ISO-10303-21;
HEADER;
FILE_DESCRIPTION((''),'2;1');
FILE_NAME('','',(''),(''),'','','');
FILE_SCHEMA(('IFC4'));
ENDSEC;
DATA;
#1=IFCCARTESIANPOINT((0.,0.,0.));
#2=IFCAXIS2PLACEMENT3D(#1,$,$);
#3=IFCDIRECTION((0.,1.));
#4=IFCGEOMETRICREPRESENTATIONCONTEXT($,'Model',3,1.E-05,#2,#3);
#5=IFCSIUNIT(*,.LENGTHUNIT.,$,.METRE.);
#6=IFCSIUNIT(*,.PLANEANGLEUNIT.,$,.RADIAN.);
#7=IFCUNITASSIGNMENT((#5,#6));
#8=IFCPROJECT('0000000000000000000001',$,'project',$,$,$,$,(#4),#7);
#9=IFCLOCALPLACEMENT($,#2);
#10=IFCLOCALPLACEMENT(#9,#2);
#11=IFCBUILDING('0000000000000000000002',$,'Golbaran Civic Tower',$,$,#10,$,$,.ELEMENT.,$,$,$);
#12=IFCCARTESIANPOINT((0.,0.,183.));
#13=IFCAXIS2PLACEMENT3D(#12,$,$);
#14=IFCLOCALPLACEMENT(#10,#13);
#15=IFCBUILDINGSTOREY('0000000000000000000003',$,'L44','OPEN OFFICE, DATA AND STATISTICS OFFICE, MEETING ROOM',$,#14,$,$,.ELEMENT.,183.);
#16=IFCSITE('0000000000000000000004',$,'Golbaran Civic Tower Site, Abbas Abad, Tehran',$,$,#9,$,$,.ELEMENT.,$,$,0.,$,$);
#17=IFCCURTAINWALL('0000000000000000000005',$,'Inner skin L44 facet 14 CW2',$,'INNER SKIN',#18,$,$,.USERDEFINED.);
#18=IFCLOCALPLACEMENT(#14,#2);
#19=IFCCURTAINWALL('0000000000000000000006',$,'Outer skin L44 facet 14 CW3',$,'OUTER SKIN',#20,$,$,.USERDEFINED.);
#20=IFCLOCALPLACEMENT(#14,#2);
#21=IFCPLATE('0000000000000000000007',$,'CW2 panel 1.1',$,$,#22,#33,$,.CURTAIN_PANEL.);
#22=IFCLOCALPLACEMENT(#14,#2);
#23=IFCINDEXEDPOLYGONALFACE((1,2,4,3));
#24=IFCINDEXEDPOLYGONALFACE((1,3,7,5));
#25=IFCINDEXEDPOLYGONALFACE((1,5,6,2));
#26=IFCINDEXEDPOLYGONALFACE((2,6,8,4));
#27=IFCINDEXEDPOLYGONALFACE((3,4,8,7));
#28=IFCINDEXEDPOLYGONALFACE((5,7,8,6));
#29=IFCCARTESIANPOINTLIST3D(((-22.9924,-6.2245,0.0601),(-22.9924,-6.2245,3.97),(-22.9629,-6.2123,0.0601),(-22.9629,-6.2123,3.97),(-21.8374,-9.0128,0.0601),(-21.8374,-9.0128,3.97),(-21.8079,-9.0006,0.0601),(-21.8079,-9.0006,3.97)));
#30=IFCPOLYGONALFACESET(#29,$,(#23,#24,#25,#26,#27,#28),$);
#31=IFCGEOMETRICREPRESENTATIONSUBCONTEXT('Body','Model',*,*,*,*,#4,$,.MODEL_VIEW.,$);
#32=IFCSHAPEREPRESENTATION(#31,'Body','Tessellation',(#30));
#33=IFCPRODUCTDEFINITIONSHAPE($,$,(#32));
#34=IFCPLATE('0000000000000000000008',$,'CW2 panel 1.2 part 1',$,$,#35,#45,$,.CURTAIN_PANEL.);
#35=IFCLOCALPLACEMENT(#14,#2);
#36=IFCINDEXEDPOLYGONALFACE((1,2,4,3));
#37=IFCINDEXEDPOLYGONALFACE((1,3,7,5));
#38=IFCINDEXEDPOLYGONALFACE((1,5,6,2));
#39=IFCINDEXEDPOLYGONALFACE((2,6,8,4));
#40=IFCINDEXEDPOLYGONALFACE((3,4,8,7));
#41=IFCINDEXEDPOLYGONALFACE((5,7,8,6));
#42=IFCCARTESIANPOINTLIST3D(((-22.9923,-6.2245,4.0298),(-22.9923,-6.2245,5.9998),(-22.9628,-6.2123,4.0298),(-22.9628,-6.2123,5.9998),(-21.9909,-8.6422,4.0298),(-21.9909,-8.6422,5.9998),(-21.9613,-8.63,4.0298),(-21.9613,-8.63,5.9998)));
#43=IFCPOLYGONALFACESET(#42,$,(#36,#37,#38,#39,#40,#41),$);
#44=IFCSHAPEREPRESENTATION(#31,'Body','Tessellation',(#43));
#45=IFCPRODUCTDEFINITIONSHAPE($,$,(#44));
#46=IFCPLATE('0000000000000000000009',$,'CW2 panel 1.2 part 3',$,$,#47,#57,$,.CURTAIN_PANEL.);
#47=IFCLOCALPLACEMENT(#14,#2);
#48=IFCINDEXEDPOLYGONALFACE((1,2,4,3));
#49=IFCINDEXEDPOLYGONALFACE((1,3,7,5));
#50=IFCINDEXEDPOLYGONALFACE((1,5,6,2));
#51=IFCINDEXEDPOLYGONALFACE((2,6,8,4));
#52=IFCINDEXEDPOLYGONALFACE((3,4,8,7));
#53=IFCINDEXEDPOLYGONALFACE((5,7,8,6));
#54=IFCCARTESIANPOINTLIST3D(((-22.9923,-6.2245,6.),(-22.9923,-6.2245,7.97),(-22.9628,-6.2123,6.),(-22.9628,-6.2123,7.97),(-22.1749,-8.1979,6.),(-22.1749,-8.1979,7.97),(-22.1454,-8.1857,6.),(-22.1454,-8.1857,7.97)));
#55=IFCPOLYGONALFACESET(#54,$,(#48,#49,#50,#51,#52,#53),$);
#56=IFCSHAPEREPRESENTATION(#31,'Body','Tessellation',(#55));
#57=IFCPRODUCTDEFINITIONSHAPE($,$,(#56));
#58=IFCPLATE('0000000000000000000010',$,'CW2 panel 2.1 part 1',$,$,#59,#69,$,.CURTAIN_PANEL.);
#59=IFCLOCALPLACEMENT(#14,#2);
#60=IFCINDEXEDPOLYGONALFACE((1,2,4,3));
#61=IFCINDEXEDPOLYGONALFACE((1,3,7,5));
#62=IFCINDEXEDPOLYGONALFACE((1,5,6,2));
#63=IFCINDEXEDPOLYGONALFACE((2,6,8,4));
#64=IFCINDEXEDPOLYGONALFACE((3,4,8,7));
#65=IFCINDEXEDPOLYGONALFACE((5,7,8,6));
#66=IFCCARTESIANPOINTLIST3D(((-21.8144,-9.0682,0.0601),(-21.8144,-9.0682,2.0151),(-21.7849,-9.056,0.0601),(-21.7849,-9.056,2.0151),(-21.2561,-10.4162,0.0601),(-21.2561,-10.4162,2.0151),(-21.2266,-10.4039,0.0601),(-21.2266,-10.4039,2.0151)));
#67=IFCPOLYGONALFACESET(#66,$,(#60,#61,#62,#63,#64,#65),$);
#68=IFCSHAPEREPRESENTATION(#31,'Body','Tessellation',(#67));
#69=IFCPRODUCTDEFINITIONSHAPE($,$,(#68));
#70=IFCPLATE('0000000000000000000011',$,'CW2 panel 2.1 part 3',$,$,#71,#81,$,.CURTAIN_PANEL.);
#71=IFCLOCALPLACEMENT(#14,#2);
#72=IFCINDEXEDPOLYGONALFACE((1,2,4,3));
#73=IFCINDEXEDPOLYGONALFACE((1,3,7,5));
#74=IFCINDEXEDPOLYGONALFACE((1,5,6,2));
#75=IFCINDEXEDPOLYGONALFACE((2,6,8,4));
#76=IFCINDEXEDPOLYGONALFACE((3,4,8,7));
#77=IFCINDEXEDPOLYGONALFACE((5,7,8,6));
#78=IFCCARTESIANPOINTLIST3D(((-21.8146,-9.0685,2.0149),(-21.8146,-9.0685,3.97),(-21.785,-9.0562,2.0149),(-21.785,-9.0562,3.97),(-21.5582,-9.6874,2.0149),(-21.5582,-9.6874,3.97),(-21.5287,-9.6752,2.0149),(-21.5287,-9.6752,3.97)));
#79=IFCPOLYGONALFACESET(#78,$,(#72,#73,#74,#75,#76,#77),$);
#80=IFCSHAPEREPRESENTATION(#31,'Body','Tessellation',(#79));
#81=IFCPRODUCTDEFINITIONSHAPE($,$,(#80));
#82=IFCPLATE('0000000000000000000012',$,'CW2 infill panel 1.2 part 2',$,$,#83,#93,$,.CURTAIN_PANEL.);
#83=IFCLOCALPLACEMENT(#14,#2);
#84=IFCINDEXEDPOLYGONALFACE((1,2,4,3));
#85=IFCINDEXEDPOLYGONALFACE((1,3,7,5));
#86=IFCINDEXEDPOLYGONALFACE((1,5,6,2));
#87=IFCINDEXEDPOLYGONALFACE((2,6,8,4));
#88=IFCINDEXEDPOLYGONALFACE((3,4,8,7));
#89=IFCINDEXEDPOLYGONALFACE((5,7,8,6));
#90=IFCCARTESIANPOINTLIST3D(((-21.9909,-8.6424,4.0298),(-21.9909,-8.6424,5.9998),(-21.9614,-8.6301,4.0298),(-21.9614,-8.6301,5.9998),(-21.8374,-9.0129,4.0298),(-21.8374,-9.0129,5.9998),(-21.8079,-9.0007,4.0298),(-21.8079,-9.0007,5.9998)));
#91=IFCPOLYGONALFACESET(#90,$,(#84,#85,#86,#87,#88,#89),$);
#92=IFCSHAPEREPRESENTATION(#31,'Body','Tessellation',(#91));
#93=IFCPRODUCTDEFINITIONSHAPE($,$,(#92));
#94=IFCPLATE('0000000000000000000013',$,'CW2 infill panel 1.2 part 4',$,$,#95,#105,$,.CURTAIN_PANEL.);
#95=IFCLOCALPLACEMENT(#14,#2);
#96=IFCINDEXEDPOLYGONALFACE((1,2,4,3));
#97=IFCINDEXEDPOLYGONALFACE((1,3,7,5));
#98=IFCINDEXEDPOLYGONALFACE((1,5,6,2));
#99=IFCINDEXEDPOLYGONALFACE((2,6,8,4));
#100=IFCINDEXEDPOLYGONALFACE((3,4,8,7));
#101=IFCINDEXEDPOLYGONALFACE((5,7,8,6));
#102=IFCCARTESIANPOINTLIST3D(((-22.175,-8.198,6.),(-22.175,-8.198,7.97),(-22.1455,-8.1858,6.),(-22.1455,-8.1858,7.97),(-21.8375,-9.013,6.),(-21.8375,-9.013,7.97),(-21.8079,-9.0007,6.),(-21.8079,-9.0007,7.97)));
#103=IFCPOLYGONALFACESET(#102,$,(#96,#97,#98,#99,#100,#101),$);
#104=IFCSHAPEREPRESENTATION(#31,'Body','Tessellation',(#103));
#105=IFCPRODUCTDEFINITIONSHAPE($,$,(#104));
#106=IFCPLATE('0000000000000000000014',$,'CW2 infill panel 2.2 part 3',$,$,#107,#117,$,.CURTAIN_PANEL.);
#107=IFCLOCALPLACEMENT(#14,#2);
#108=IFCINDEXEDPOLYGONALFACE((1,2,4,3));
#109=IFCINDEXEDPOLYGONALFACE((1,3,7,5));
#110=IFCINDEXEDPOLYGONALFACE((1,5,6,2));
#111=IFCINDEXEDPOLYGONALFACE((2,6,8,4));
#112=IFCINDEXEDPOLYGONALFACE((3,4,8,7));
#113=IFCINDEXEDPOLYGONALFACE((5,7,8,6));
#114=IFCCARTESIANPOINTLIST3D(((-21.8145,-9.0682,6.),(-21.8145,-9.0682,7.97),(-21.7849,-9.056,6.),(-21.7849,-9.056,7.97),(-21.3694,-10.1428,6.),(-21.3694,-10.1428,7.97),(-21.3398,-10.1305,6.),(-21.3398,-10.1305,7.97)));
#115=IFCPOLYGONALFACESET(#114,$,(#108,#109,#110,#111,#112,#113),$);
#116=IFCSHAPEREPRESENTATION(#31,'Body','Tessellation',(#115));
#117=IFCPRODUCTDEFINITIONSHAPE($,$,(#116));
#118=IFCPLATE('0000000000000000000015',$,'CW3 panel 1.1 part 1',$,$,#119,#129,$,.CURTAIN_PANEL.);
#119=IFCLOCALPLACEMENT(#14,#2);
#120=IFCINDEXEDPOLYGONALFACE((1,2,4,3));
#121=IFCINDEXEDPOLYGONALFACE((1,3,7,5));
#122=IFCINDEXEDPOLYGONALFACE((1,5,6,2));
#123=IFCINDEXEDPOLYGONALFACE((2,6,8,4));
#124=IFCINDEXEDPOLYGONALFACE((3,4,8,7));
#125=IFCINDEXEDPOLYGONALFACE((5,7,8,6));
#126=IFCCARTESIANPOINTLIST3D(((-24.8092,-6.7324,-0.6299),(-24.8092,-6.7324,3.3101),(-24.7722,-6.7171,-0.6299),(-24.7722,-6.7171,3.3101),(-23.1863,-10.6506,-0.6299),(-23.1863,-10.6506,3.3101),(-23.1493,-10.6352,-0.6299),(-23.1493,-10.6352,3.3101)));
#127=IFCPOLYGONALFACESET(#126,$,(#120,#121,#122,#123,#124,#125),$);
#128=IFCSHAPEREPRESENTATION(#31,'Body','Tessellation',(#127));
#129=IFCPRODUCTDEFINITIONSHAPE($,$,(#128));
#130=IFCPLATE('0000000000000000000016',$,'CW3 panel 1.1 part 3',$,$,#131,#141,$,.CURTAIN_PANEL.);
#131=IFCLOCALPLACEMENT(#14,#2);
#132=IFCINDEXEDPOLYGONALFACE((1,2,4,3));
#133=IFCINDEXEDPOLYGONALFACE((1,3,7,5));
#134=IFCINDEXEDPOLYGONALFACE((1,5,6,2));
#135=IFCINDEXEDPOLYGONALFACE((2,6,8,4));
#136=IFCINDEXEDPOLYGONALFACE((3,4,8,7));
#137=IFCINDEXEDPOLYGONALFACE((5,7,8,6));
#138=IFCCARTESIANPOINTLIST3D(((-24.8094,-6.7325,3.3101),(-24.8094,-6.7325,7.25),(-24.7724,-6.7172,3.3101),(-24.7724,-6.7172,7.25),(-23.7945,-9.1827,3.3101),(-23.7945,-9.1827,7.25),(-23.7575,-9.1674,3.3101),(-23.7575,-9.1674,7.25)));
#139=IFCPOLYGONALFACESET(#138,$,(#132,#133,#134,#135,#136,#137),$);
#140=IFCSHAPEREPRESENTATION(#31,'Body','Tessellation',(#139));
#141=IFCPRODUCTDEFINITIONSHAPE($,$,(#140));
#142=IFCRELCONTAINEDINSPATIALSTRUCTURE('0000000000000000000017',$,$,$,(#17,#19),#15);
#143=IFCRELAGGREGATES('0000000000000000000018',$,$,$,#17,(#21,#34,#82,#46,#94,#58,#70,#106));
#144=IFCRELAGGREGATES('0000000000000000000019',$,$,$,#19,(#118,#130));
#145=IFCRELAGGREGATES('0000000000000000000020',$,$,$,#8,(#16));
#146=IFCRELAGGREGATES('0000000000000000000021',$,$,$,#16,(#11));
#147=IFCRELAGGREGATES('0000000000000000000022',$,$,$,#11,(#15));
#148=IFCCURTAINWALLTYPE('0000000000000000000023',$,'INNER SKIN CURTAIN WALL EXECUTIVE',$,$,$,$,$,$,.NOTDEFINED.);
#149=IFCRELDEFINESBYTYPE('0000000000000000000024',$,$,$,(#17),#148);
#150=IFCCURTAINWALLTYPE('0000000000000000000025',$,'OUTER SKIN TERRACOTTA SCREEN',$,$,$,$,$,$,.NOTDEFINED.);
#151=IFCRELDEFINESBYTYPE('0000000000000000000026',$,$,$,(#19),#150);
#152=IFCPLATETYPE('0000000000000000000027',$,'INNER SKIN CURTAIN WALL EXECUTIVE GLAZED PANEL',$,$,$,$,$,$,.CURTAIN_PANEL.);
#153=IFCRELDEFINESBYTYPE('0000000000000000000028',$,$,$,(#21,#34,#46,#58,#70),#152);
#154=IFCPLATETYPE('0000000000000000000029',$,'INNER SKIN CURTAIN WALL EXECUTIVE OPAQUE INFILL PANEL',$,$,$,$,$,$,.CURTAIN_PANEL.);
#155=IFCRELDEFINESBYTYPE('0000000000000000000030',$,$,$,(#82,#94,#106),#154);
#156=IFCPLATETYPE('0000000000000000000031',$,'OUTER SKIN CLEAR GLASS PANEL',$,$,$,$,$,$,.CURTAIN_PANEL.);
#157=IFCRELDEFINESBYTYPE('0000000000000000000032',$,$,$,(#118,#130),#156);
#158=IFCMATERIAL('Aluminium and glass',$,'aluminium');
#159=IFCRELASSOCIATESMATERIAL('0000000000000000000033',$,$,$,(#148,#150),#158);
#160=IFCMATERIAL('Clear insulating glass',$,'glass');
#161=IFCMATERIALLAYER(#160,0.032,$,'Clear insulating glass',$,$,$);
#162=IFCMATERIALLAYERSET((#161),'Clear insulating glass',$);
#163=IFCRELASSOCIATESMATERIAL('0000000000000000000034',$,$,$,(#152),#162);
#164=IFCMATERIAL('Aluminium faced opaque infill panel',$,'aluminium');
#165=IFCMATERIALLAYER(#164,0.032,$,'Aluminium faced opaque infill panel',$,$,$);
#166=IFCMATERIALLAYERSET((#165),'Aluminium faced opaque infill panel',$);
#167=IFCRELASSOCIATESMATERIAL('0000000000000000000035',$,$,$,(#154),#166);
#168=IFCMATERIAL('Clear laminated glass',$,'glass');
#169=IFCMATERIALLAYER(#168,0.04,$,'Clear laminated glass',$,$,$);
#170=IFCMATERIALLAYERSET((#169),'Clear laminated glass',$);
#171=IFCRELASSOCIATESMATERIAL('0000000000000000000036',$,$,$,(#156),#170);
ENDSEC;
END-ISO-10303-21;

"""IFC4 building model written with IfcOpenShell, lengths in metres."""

from ifc_helpers import new_model, si_unit, direction, frame, origin, origin_2d, place, context, subcontext, project, spatial, rectangle, extrude, material, layer, layer_set, type_object, element, aggregate, save


model = new_model("IFC4")

# Units and contexts
model_context = context("Model", 3, precision=1e-05, world=origin(), true_north=direction((0.0, 1.0)))
body_context = subcontext(model_context, "Body", "Model", "MODEL_VIEW")
ifc_project = project(units=[si_unit("LENGTHUNIT", "METRE"), si_unit("PLANEANGLEUNIT", "RADIAN")], contexts=[model_context])

# Site, building, storey
site_placement = place(None, origin())
site = spatial("IfcSite", under=ifc_project, at=site_placement, Name="Golbaran Civic Tower Site, Abbas Abad, Tehran", CompositionType="ELEMENT", RefElevation=0.0)
building_placement = place(site_placement, origin())
building = spatial("IfcBuilding", under=site, at=building_placement, Name="Golbaran Civic Tower", CompositionType="ELEMENT")
storey_placement = place(building_placement, frame((0.0, 0.0, 183.0)))
storey = spatial("IfcBuildingStorey", under=building, at=storey_placement, Name="L44", Description="OPEN OFFICE, DATA AND STATISTICS OFFICE, MEETING ROOM", CompositionType="ELEMENT", Elevation=183.0)

# Shared definitions
ifc_material_1 = material(Name="Aluminium and glass", Category="aluminium")
curtain_wall_type_1 = type_object("IfcCurtainWallType", Name="INNER SKIN CURTAIN WALL EXECUTIVE", PredefinedType="NOTDEFINED", material=ifc_material_1)

# Curtain wall
curtain_wall_1_placement = place(storey_placement, origin())
curtain_wall_1 = element("IfcCurtainWall", 1, at=curtain_wall_1_placement, inside=storey, type_object=curtain_wall_type_1, Name="Inner skin L44 facet 14 CW2", ObjectType="INNER SKIN", PredefinedType="USERDEFINED")

# Shared definitions
curtain_wall_type_2 = type_object("IfcCurtainWallType", Name="OUTER SKIN TERRACOTTA SCREEN", PredefinedType="NOTDEFINED", material=ifc_material_1)

# Curtain wall
curtain_wall_2_placement = place(storey_placement, origin())
curtain_wall_2 = element("IfcCurtainWall", 2, at=curtain_wall_2_placement, inside=storey, type_object=curtain_wall_type_2, Name="Outer skin L44 facet 14 CW3", ObjectType="OUTER SKIN", PredefinedType="USERDEFINED")

# Plates
ifc_material_2 = material(Name="Clear insulating glass", Category="glass")
ifc_layer_1 = layer(ifc_material_2, 0.032, Name="Clear insulating glass")
ifc_layer_set_1 = layer_set([ifc_layer_1], Name="Clear insulating glass")
plate_type_1 = type_object("IfcPlateType", Name="INNER SKIN CURTAIN WALL EXECUTIVE GLAZED PANEL", PredefinedType="CURTAIN_PANEL", material=ifc_layer_set_1)
plate_1_placement = place(storey_placement, frame((-22.4001, -7.6125, 0.0601), z_axis=(0.0, 0.0, 1.0), x_axis=(0.382683, -0.92388, 0.0)))
plate_1 = element("IfcPlate", 3, at=plate_1_placement, type_object=plate_type_1, Name="CW2 panel 1.1", PredefinedType="CURTAIN_PANEL", context=body_context, shape_type="SweptSolid", body=[
    extrude(rectangle(XDim=3.0181, YDim=0.032, at=origin_2d()), origin(), (0.0, 0.0, 1.0), 3.9099),
])
plate_2_placement = place(storey_placement, frame((-22.4768, -7.4272, 4.0298), z_axis=(0.0, 0.0, 1.0), x_axis=(0.382683, -0.92388, 0.0)))
plate_2 = element("IfcPlate", 4, at=plate_2_placement, type_object=plate_type_1, Name="CW2 panel 1.2 part 1", PredefinedType="CURTAIN_PANEL", context=body_context, shape_type="SweptSolid", body=[
    extrude(rectangle(XDim=2.6169, YDim=0.032, at=origin_2d()), origin(), (0.0, 0.0, 1.0), 1.97),
])
plate_3_placement = place(storey_placement, frame((-22.5688, -7.2051, 6.0), z_axis=(0.0, 0.0, 1.0), x_axis=(0.382683, -0.92388, 0.0)))
plate_3 = element("IfcPlate", 5, at=plate_3_placement, type_object=plate_type_1, Name="CW2 panel 1.2 part 3", PredefinedType="CURTAIN_PANEL", context=body_context, shape_type="SweptSolid", body=[
    extrude(rectangle(XDim=2.136, YDim=0.032, at=origin_2d()), origin(), (0.0, 0.0, 1.0), 1.97),
])
plate_4_placement = place(storey_placement, frame((-21.5205, -9.7361, 0.0601), z_axis=(0.0, 0.0, 1.0), x_axis=(0.382683, -0.92388, 0.0)))
plate_4 = element("IfcPlate", 6, at=plate_4_placement, type_object=plate_type_1, Name="CW2 panel 2.1 part 1", PredefinedType="CURTAIN_PANEL", context=body_context, shape_type="SweptSolid", body=[
    extrude(rectangle(XDim=1.459, YDim=0.032, at=origin_2d()), origin(), (0.0, 0.0, 1.0), 1.9551),
])
plate_5_placement = place(storey_placement, frame((-21.6716, -9.3718, 2.0149), z_axis=(0.0, 0.0, 1.0), x_axis=(0.382683, -0.92388, 0.0)))
plate_5 = element("IfcPlate", 7, at=plate_5_placement, type_object=plate_type_1, Name="CW2 panel 2.1 part 3", PredefinedType="CURTAIN_PANEL", context=body_context, shape_type="SweptSolid", body=[
    extrude(rectangle(XDim=0.6699, YDim=0.032, at=origin_2d()), origin(), (0.0, 0.0, 1.0), 1.9551),
])
ifc_material_3 = material(Name="Aluminium faced opaque infill panel", Category="aluminium")
ifc_layer_2 = layer(ifc_material_3, 0.032, Name="Aluminium faced opaque infill panel")
ifc_layer_set_2 = layer_set([ifc_layer_2], Name="Aluminium faced opaque infill panel")
plate_type_2 = type_object("IfcPlateType", Name="INNER SKIN CURTAIN WALL EXECUTIVE OPAQUE INFILL PANEL", PredefinedType="CURTAIN_PANEL", material=ifc_layer_set_2)
plate_6_placement = place(storey_placement, frame((-21.8994, -8.8215, 4.0298), z_axis=(0.0, 0.0, 1.0), x_axis=(0.382683, -0.92388, 0.0)))
plate_6 = element("IfcPlate", 8, at=plate_6_placement, type_object=plate_type_2, Name="CW2 infill panel 1.2 part 2", PredefinedType="CURTAIN_PANEL", context=body_context, shape_type="SweptSolid", body=[
    extrude(rectangle(XDim=0.4011, YDim=0.032, at=origin_2d()), origin(), (0.0, 0.0, 1.0), 1.97),
])
plate_7_placement = place(storey_placement, frame((-21.9915, -8.5994, 6.0), z_axis=(0.0, 0.0, 1.0), x_axis=(0.382683, -0.92388, 0.0)))
plate_7 = element("IfcPlate", 9, at=plate_7_placement, type_object=plate_type_2, Name="CW2 infill panel 1.2 part 4", PredefinedType="CURTAIN_PANEL", context=body_context, shape_type="SweptSolid", body=[
    extrude(rectangle(XDim=0.8821, YDim=0.032, at=origin_2d()), origin(), (0.0, 0.0, 1.0), 1.97),
])
plate_8_placement = place(storey_placement, frame((-21.5771, -9.5994, 6.0), z_axis=(0.0, 0.0, 1.0), x_axis=(0.382683, -0.92388, 0.0)))
plate_8 = element("IfcPlate", 10, at=plate_8_placement, type_object=plate_type_2, Name="CW2 infill panel 2.2 part 3", PredefinedType="CURTAIN_PANEL", context=body_context, shape_type="SweptSolid", body=[
    extrude(rectangle(XDim=1.1631, YDim=0.032, at=origin_2d()), origin(), (0.0, 0.0, 1.0), 1.97),
])
aggregate(curtain_wall_1, [plate_1, plate_2, plate_6, plate_3, plate_7, plate_4, plate_5, plate_8])
ifc_material_4 = material(Name="Clear laminated glass", Category="glass")
ifc_layer_3 = layer(ifc_material_4, 0.04, Name="Clear laminated glass")
ifc_layer_set_3 = layer_set([ifc_layer_3], Name="Clear laminated glass")
plate_type_3 = type_object("IfcPlateType", Name="OUTER SKIN CLEAR GLASS PANEL", PredefinedType="CURTAIN_PANEL", material=ifc_layer_set_3)
plate_9_placement = place(storey_placement, frame((-23.9792, -8.6838, -0.6299), z_axis=(0.0, 0.0, 1.0), x_axis=(0.382683, -0.92388, 0.0)))
plate_9 = element("IfcPlate", 11, at=plate_9_placement, type_object=plate_type_3, Name="CW3 panel 1.1 part 1", PredefinedType="CURTAIN_PANEL", context=body_context, shape_type="SweptSolid", body=[
    extrude(rectangle(XDim=4.241, YDim=0.04, at=origin_2d()), origin(), (0.0, 0.0, 1.0), 3.9399),
])
plate_10_placement = place(storey_placement, frame((-24.2834, -7.95, 3.3101), z_axis=(0.0, 0.0, 1.0), x_axis=(0.382683, -0.92388, 0.0)))
plate_10 = element("IfcPlate", 12, at=plate_10_placement, type_object=plate_type_3, Name="CW3 panel 1.1 part 3", PredefinedType="CURTAIN_PANEL", context=body_context, shape_type="SweptSolid", body=[
    extrude(rectangle(XDim=2.6521, YDim=0.04, at=origin_2d()), origin(), (0.0, 0.0, 1.0), 3.9399),
])
aggregate(curtain_wall_2, [plate_9, plate_10])

save(model, "model.ifc")
